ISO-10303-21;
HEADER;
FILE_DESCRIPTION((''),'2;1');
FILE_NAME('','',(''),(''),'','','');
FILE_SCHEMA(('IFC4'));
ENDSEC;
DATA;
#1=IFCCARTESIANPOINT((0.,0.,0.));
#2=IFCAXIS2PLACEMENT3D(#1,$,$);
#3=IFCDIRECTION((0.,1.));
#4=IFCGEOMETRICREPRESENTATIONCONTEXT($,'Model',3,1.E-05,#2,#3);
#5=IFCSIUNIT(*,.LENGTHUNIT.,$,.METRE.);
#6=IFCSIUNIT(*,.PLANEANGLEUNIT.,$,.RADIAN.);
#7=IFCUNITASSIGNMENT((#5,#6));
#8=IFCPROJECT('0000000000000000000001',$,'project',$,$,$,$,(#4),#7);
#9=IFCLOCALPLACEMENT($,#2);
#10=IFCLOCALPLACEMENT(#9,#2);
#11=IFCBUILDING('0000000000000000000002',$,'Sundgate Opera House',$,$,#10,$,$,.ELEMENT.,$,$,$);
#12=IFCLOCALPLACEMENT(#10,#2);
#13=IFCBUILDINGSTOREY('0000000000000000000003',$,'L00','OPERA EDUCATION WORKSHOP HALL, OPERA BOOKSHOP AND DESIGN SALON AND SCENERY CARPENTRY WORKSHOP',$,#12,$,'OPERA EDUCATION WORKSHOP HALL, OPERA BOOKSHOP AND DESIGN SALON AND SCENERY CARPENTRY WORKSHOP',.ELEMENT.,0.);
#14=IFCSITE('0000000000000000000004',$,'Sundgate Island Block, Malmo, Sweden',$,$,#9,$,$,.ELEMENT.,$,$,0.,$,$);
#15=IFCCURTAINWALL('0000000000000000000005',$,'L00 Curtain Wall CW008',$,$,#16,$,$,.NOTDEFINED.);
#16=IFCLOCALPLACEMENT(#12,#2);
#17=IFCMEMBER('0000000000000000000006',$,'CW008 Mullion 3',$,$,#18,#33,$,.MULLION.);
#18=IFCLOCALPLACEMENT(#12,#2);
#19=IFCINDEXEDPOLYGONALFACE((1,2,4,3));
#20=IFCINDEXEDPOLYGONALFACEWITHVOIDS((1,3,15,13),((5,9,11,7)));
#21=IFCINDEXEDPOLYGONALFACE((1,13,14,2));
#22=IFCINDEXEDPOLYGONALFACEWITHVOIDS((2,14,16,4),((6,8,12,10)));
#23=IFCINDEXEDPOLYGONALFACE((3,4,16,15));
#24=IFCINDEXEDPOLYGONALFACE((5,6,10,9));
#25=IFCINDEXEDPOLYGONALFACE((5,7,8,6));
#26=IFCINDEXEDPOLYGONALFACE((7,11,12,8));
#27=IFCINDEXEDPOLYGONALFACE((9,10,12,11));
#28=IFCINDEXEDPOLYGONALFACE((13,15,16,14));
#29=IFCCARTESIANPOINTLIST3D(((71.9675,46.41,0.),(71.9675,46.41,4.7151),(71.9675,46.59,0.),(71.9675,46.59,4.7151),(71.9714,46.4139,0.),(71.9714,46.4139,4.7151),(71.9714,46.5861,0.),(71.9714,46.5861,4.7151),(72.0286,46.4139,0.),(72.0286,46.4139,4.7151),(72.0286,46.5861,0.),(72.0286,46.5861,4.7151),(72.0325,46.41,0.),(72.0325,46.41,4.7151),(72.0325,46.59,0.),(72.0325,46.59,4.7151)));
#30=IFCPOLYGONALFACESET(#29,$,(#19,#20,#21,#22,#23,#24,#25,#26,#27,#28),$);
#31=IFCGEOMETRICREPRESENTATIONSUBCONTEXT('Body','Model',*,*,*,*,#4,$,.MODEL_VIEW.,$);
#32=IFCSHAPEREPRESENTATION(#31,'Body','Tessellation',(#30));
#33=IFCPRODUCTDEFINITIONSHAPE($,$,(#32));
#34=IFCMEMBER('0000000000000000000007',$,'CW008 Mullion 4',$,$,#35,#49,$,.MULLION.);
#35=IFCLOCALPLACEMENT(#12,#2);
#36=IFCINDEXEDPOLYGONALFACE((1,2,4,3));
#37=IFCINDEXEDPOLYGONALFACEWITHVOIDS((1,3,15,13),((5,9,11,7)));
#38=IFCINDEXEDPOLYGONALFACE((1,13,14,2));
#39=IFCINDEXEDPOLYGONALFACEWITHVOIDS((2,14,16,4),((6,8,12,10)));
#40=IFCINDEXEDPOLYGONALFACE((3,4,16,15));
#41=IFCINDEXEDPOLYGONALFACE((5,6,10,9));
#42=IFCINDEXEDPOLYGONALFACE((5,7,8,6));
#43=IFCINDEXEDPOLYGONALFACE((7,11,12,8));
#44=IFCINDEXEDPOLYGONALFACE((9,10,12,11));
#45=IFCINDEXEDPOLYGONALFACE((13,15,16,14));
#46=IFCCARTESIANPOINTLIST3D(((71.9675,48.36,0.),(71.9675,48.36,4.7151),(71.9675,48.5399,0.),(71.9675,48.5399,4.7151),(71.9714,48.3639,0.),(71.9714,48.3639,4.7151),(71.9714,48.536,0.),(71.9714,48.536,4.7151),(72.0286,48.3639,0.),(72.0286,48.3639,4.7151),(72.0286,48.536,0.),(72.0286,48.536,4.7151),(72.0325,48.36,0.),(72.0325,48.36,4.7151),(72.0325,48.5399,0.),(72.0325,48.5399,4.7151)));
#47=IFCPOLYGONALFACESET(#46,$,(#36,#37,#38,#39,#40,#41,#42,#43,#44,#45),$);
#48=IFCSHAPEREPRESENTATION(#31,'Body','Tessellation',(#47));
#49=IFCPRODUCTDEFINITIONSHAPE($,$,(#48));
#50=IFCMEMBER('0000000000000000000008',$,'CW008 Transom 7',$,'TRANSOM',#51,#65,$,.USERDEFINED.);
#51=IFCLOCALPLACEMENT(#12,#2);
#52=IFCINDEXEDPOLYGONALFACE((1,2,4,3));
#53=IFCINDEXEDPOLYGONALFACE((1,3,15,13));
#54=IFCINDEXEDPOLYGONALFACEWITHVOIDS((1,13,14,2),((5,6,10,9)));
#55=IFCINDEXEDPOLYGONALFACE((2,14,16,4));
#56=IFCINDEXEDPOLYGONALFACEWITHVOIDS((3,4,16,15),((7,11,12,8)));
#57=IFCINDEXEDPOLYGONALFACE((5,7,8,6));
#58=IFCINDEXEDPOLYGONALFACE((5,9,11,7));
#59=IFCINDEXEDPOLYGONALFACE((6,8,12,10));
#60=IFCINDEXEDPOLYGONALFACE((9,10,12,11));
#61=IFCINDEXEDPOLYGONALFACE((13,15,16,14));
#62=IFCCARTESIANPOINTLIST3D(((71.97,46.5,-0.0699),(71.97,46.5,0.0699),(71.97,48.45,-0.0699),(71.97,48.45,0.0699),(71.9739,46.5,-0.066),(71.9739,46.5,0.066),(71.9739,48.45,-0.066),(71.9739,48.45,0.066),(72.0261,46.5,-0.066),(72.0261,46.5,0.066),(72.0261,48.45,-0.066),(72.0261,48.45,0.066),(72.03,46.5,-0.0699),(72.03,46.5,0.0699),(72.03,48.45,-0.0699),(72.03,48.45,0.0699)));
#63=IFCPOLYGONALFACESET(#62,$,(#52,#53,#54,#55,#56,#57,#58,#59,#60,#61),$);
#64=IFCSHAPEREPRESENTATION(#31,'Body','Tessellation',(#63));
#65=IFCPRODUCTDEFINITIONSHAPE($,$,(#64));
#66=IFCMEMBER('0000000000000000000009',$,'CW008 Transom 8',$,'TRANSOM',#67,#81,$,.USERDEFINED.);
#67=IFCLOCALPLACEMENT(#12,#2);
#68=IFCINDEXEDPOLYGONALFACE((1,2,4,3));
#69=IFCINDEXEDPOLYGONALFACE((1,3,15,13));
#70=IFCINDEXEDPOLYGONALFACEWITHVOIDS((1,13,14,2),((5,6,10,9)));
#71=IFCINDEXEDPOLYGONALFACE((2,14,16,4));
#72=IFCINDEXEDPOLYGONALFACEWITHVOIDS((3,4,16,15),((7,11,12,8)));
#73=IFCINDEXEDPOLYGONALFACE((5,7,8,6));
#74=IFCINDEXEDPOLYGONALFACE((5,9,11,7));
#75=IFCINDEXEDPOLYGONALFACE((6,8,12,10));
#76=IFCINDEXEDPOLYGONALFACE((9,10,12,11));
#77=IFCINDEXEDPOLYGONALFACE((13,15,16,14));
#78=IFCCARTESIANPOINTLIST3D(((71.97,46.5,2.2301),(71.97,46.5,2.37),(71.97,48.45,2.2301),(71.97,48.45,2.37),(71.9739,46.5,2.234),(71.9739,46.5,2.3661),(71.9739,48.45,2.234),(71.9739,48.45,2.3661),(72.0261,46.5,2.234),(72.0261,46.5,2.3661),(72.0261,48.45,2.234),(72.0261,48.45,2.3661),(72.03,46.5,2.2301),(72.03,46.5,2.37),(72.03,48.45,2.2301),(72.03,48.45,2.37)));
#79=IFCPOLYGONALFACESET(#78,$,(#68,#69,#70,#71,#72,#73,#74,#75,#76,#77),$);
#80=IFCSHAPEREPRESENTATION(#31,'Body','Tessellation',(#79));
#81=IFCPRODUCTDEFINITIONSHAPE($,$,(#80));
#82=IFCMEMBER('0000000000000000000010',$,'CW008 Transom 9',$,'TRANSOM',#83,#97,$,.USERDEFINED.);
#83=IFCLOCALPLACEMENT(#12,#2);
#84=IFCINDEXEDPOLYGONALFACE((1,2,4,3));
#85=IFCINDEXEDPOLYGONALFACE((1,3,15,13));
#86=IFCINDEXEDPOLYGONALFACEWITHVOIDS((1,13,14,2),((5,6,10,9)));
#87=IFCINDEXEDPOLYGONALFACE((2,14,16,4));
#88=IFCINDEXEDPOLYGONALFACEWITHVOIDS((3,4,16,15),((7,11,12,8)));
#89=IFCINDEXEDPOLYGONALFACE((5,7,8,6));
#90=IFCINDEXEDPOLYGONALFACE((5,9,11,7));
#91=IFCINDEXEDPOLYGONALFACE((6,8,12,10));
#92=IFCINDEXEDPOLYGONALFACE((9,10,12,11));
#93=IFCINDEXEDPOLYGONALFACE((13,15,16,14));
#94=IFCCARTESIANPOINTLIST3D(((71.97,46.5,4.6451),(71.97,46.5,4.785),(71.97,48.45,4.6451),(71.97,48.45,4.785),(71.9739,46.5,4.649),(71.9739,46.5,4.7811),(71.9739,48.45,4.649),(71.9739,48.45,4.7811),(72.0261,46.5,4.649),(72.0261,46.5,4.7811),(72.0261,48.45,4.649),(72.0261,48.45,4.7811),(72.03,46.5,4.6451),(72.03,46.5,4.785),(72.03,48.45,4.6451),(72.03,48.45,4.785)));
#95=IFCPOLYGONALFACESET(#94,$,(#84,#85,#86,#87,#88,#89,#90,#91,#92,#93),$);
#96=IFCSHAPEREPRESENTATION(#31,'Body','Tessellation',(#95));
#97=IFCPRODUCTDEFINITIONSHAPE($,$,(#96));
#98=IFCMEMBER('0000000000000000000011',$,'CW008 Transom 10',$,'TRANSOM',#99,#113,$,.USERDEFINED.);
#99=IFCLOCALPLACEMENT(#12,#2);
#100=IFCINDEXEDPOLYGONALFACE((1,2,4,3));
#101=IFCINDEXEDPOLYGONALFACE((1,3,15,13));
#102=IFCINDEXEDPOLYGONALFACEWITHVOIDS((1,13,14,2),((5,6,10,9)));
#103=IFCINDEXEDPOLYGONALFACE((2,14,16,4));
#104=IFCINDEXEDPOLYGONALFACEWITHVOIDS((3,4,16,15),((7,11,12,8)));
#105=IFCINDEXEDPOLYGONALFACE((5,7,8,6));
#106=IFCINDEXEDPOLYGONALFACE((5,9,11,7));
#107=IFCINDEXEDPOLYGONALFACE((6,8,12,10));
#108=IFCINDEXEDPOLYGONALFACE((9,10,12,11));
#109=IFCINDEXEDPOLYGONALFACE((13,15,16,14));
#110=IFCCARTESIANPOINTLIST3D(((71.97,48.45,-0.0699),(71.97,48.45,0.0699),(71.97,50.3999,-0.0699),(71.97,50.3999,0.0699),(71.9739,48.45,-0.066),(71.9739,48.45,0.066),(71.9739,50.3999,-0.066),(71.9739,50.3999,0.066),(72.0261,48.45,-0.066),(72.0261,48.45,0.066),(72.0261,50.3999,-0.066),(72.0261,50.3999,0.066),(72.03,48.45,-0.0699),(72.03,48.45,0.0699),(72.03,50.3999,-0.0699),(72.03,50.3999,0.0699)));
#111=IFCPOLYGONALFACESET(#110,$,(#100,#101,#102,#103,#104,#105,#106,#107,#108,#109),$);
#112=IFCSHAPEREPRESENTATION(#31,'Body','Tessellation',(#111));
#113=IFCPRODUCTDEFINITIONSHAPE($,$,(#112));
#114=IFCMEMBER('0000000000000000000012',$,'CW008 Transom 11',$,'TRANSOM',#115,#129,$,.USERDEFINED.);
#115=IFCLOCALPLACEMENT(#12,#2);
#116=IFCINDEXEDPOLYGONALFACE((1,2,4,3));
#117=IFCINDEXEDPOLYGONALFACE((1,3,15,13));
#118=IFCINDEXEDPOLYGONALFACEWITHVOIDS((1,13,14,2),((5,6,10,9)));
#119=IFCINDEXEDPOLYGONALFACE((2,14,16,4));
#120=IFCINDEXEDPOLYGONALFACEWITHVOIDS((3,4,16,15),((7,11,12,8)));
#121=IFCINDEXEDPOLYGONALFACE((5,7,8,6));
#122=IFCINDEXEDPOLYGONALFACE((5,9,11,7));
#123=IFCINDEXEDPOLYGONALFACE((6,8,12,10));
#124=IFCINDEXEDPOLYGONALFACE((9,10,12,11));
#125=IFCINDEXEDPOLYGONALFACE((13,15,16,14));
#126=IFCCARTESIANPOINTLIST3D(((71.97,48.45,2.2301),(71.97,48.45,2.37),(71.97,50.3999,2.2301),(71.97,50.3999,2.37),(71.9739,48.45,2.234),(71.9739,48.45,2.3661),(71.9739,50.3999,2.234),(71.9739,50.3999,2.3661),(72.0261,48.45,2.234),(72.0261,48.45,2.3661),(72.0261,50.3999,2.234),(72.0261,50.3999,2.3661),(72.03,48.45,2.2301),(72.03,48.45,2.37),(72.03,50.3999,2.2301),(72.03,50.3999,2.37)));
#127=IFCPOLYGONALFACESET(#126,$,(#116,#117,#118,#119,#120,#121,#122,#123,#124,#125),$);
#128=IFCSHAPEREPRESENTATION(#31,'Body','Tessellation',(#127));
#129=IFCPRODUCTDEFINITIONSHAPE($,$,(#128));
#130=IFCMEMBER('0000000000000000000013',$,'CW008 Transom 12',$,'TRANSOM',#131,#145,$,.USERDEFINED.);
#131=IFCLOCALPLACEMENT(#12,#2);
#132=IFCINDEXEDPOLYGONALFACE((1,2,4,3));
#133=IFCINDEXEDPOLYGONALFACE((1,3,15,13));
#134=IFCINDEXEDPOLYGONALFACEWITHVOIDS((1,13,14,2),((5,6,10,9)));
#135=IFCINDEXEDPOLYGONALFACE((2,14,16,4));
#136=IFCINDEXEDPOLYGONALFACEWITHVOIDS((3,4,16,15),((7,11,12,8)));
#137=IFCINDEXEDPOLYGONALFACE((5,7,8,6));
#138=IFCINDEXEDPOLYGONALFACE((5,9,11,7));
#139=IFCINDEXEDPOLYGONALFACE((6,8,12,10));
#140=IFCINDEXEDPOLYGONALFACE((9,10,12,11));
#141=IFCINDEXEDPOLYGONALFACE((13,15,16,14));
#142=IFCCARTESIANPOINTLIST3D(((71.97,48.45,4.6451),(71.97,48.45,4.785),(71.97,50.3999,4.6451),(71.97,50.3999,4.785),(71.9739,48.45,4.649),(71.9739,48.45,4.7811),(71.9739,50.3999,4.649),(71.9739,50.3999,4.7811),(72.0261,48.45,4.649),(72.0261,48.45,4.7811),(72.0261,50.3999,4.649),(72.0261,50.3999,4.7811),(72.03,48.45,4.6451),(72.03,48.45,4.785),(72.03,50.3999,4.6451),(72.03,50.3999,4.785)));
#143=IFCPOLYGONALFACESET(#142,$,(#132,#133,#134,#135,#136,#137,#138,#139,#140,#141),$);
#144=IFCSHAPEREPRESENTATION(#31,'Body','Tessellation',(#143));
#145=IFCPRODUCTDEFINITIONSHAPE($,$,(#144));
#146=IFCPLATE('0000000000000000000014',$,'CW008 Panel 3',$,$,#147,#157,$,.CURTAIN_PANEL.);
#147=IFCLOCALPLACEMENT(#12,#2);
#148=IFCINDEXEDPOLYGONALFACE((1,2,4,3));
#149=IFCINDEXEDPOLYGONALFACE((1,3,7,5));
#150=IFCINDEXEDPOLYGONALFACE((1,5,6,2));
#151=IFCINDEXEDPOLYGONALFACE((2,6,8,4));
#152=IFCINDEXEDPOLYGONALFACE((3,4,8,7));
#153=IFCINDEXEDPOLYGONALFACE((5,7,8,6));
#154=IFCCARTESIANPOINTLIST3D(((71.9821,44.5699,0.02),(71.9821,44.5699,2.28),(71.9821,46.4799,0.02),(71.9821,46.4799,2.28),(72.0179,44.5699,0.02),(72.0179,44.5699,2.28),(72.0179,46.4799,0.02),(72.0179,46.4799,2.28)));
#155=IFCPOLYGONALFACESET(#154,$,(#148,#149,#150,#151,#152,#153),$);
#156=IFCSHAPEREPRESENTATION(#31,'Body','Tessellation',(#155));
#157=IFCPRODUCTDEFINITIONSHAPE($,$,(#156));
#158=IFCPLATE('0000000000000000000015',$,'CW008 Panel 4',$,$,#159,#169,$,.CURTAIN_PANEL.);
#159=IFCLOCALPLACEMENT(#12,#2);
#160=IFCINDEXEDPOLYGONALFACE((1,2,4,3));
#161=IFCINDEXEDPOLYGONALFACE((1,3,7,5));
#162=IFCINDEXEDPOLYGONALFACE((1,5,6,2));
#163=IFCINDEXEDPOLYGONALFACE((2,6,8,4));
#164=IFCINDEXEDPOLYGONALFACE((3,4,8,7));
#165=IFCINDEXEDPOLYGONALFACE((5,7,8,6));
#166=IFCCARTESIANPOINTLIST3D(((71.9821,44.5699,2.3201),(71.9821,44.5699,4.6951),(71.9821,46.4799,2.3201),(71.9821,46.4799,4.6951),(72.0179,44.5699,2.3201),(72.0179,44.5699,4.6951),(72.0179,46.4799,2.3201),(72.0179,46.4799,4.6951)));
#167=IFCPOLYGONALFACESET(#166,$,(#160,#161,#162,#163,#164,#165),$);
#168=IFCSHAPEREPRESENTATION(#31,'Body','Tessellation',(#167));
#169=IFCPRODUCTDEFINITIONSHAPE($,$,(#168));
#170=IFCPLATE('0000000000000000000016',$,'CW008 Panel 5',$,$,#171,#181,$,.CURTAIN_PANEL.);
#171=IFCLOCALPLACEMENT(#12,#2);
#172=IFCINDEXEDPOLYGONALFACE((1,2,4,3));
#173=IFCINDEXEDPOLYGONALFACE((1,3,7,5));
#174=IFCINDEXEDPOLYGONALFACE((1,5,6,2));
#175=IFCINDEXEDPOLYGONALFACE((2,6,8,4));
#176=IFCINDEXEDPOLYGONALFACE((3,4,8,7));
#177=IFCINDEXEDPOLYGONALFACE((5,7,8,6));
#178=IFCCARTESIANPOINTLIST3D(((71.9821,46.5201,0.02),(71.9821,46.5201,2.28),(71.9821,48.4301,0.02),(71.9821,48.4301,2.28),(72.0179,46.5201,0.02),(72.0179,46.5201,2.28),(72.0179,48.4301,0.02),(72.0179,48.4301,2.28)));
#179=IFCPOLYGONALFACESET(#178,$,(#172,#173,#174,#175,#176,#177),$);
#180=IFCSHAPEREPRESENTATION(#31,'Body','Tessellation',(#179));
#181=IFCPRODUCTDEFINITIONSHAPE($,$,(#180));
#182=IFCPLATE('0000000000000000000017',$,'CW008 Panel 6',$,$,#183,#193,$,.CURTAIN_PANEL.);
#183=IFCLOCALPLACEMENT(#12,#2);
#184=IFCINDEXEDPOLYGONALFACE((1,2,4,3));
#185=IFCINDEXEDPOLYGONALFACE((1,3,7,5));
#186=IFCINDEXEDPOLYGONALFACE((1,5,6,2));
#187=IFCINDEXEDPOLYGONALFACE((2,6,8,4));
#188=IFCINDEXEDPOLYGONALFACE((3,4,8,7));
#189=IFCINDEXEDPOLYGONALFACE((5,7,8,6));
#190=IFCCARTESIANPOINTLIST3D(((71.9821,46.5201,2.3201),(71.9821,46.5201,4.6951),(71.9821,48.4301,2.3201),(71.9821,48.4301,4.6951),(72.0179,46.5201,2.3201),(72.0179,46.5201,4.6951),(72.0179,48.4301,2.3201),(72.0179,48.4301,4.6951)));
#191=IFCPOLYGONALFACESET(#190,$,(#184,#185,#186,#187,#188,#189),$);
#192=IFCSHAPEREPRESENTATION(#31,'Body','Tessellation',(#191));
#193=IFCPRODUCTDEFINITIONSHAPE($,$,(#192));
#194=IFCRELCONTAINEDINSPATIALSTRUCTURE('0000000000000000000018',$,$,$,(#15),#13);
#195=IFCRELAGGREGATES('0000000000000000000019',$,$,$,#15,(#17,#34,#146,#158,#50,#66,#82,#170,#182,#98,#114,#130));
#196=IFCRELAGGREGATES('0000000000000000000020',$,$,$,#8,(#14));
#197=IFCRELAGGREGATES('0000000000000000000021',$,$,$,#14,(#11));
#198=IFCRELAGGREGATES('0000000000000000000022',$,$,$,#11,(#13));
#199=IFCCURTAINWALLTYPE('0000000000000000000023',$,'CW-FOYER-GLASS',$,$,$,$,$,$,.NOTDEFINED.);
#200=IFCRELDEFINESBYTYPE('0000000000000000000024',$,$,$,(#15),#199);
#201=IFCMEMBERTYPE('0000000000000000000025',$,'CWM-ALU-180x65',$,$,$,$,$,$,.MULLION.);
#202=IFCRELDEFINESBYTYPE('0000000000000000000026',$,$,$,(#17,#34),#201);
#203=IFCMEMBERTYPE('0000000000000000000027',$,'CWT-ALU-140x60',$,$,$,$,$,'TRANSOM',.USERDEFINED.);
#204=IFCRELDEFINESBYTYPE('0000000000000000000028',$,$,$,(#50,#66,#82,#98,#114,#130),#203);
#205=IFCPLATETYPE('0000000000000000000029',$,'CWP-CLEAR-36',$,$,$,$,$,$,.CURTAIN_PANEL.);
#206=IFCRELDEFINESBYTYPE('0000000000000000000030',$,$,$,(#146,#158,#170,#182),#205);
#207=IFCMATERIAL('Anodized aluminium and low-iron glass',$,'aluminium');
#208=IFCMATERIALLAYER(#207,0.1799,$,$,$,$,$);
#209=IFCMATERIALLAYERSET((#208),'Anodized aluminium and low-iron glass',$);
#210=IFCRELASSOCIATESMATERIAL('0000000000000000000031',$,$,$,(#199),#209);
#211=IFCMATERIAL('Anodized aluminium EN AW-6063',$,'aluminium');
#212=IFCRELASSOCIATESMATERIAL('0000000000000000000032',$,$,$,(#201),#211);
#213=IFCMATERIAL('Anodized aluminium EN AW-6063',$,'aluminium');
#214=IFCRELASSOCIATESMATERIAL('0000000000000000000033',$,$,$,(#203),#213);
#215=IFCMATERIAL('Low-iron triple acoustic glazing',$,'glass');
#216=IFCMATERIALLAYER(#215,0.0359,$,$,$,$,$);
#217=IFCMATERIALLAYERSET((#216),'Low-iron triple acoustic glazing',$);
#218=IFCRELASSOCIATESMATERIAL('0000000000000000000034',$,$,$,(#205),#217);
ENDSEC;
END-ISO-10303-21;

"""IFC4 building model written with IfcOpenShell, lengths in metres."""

from ifc_helpers import new_model, si_unit, direction, frame, origin, origin_2d, place, context, subcontext, project, spatial, rectangle, hollow_rectangle, extrude, material, layer, layer_set, material_profile, profile_set, type_object, element, aggregate, save


model = new_model("IFC4")

# Units and contexts
model_context = context("Model", 3, precision=1e-05, world=origin(), true_north=direction((0.0, 1.0)))
body_context = subcontext(model_context, "Body", "Model", "MODEL_VIEW")
ifc_project = project(units=[si_unit("LENGTHUNIT", "METRE"), si_unit("PLANEANGLEUNIT", "RADIAN")], contexts=[model_context])

# Site, building, storey
site_placement = place(None, origin())
site = spatial("IfcSite", under=ifc_project, at=site_placement, Name="Sundgate Island Block, Malmo, Sweden", CompositionType="ELEMENT", RefElevation=0.0)
building_placement = place(site_placement, origin())
building = spatial("IfcBuilding", under=site, at=building_placement, Name="Sundgate Opera House", CompositionType="ELEMENT")
storey_placement = place(building_placement, origin())
storey = spatial("IfcBuildingStorey", under=building, at=storey_placement, Name="L00", Description="OPERA EDUCATION WORKSHOP HALL, OPERA BOOKSHOP AND DESIGN SALON AND SCENERY CARPENTRY WORKSHOP", LongName="OPERA EDUCATION WORKSHOP HALL, OPERA BOOKSHOP AND DESIGN SALON AND SCENERY CARPENTRY WORKSHOP", CompositionType="ELEMENT", Elevation=0.0)

# Curtain wall, members, plates
ifc_material_1 = material(Name="Anodized aluminium and low-iron glass", Category="aluminium")
ifc_layer_1 = layer(ifc_material_1, 0.1799)
ifc_layer_set_1 = layer_set([ifc_layer_1], Name="Anodized aluminium and low-iron glass")
curtain_wall_type = type_object("IfcCurtainWallType", Name="CW-FOYER-GLASS", PredefinedType="NOTDEFINED", material=ifc_layer_set_1)
curtain_wall_placement = place(storey_placement, origin())
curtain_wall = element("IfcCurtainWall", 1, at=curtain_wall_placement, inside=storey, type_object=curtain_wall_type, Name="L00 Curtain Wall CW008", PredefinedType="NOTDEFINED")
ifc_material_2 = material(Name="Anodized aluminium EN AW-6063", Category="aluminium")
ifc_material_profile_1 = material_profile(ifc_material_2, hollow_rectangle(XDim=0.0649, YDim=0.1799, WallThickness=0.0039, at=origin_2d()), Name="CWM 180x65x4")
ifc_profile_set_1 = profile_set([ifc_material_profile_1], Name="Anodized aluminium EN AW-6063")
member_type_1 = type_object("IfcMemberType", Name="CWM-ALU-180x65", PredefinedType="MULLION", material=ifc_profile_set_1)
member_1_placement = place(storey_placement, frame((72.0, 46.5, 0.0), z_axis=(0.0, 0.0, 1.0), x_axis=(1.0, 0.0, 0.0)))
member_1 = element("IfcMember", 2, at=member_1_placement, type_object=member_type_1, Name="CW008 Mullion 3", PredefinedType="MULLION", context=body_context, shape_type="SweptSolid", body=[
    extrude(hollow_rectangle(XDim=0.0649, YDim=0.1799, WallThickness=0.0039, at=origin_2d()), origin(), (0.0, 0.0, 1.0), 4.7151),
])
member_2_placement = place(storey_placement, frame((72.0, 48.45, 0.0), z_axis=(0.0, 0.0, 1.0), x_axis=(1.0, 0.0, 0.0)))
member_2 = element("IfcMember", 3, at=member_2_placement, type_object=member_type_1, Name="CW008 Mullion 4", PredefinedType="MULLION", context=body_context, shape_type="SweptSolid", body=[
    extrude(hollow_rectangle(XDim=0.0649, YDim=0.1799, WallThickness=0.0039, at=origin_2d()), origin(), (0.0, 0.0, 1.0), 4.7151),
])
ifc_material_3 = material(Name="Anodized aluminium EN AW-6063", Category="aluminium")
ifc_material_profile_2 = material_profile(ifc_material_3, hollow_rectangle(XDim=0.0601, YDim=0.1399, WallThickness=0.0039, at=origin_2d()), Name="CWT 140x60x4")
ifc_profile_set_2 = profile_set([ifc_material_profile_2], Name="Anodized aluminium EN AW-6063")
member_type_2 = type_object("IfcMemberType", Name="CWT-ALU-140x60", ElementType="TRANSOM", PredefinedType="USERDEFINED", material=ifc_profile_set_2)
member_3_placement = place(storey_placement, frame((72.0, 46.5, 0.0), z_axis=(0.0, 1.0, 0.0), x_axis=(-1.0, 0.0, 0.0)))
member_3 = element("IfcMember", 4, at=member_3_placement, type_object=member_type_2, Name="CW008 Transom 7", ObjectType="TRANSOM", PredefinedType="USERDEFINED", context=body_context, shape_type="SweptSolid", body=[
    extrude(hollow_rectangle(XDim=0.0601, YDim=0.1399, WallThickness=0.0039, at=origin_2d()), origin(), (0.0, 0.0, 1.0), 1.95),
])
member_4_placement = place(storey_placement, frame((72.0, 46.5, 2.3), z_axis=(0.0, 1.0, 0.0), x_axis=(-1.0, 0.0, 0.0)))
member_4 = element("IfcMember", 5, at=member_4_placement, type_object=member_type_2, Name="CW008 Transom 8", ObjectType="TRANSOM", PredefinedType="USERDEFINED", context=body_context, shape_type="SweptSolid", body=[
    extrude(hollow_rectangle(XDim=0.0601, YDim=0.1399, WallThickness=0.0039, at=origin_2d()), origin(), (0.0, 0.0, 1.0), 1.95),
])
member_5_placement = place(storey_placement, frame((72.0, 46.5, 4.7151), z_axis=(0.0, 1.0, 0.0), x_axis=(-1.0, 0.0, 0.0)))
member_5 = element("IfcMember", 6, at=member_5_placement, type_object=member_type_2, Name="CW008 Transom 9", ObjectType="TRANSOM", PredefinedType="USERDEFINED", context=body_context, shape_type="SweptSolid", body=[
    extrude(hollow_rectangle(XDim=0.0601, YDim=0.1399, WallThickness=0.0039, at=origin_2d()), origin(), (0.0, 0.0, 1.0), 1.95),
])
member_6_placement = place(storey_placement, frame((72.0, 48.45, 0.0), z_axis=(0.0, 1.0, 0.0), x_axis=(-1.0, 0.0, 0.0)))
member_6 = element("IfcMember", 7, at=member_6_placement, type_object=member_type_2, Name="CW008 Transom 10", ObjectType="TRANSOM", PredefinedType="USERDEFINED", context=body_context, shape_type="SweptSolid", body=[
    extrude(hollow_rectangle(XDim=0.0601, YDim=0.1399, WallThickness=0.0039, at=origin_2d()), origin(), (0.0, 0.0, 1.0), 1.95),
])
member_7_placement = place(storey_placement, frame((72.0, 48.45, 2.3), z_axis=(0.0, 1.0, 0.0), x_axis=(-1.0, 0.0, 0.0)))
member_7 = element("IfcMember", 8, at=member_7_placement, type_object=member_type_2, Name="CW008 Transom 11", ObjectType="TRANSOM", PredefinedType="USERDEFINED", context=body_context, shape_type="SweptSolid", body=[
    extrude(hollow_rectangle(XDim=0.0601, YDim=0.1399, WallThickness=0.0039, at=origin_2d()), origin(), (0.0, 0.0, 1.0), 1.95),
])
member_8_placement = place(storey_placement, frame((72.0, 48.45, 4.7151), z_axis=(0.0, 1.0, 0.0), x_axis=(-1.0, 0.0, 0.0)))
member_8 = element("IfcMember", 9, at=member_8_placement, type_object=member_type_2, Name="CW008 Transom 12", ObjectType="TRANSOM", PredefinedType="USERDEFINED", context=body_context, shape_type="SweptSolid", body=[
    extrude(hollow_rectangle(XDim=0.0601, YDim=0.1399, WallThickness=0.0039, at=origin_2d()), origin(), (0.0, 0.0, 1.0), 1.95),
])
ifc_material_4 = material(Name="Low-iron triple acoustic glazing", Category="glass")
ifc_layer_2 = layer(ifc_material_4, 0.0359)
ifc_layer_set_2 = layer_set([ifc_layer_2], Name="Low-iron triple acoustic glazing")
plate_type = type_object("IfcPlateType", Name="CWP-CLEAR-36", PredefinedType="CURTAIN_PANEL", material=ifc_layer_set_2)
plate_1_placement = place(storey_placement, frame((72.0, 45.5249, 0.02), z_axis=(0.0, 0.0, 1.0), x_axis=(0.0, 1.0, 0.0)))
plate_1 = element("IfcPlate", 10, at=plate_1_placement, type_object=plate_type, Name="CW008 Panel 3", PredefinedType="CURTAIN_PANEL", context=body_context, shape_type="SweptSolid", body=[
    extrude(rectangle(XDim=1.9099, YDim=0.0359, at=origin_2d()), origin(), (0.0, 0.0, 1.0), 2.26),
])
plate_2_placement = place(storey_placement, frame((72.0, 45.5249, 2.3201), z_axis=(0.0, 0.0, 1.0), x_axis=(0.0, 1.0, 0.0)))
plate_2 = element("IfcPlate", 11, at=plate_2_placement, type_object=plate_type, Name="CW008 Panel 4", PredefinedType="CURTAIN_PANEL", context=body_context, shape_type="SweptSolid", body=[
    extrude(rectangle(XDim=1.9099, YDim=0.0359, at=origin_2d()), origin(), (0.0, 0.0, 1.0), 2.375),
])
plate_3_placement = place(storey_placement, frame((72.0, 47.4751, 0.02), z_axis=(0.0, 0.0, 1.0), x_axis=(0.0, 1.0, 0.0)))
plate_3 = element("IfcPlate", 12, at=plate_3_placement, type_object=plate_type, Name="CW008 Panel 5", PredefinedType="CURTAIN_PANEL", context=body_context, shape_type="SweptSolid", body=[
    extrude(rectangle(XDim=1.9099, YDim=0.0359, at=origin_2d()), origin(), (0.0, 0.0, 1.0), 2.26),
])
plate_4_placement = place(storey_placement, frame((72.0, 47.4751, 2.3201), z_axis=(0.0, 0.0, 1.0), x_axis=(0.0, 1.0, 0.0)))
plate_4 = element("IfcPlate", 13, at=plate_4_placement, type_object=plate_type, Name="CW008 Panel 6", PredefinedType="CURTAIN_PANEL", context=body_context, shape_type="SweptSolid", body=[
    extrude(rectangle(XDim=1.9099, YDim=0.0359, at=origin_2d()), origin(), (0.0, 0.0, 1.0), 2.375),
])
aggregate(curtain_wall, [member_1, member_2, plate_1, plate_2, member_3, member_4, member_5, plate_3, plate_4, member_6, member_7, member_8])

save(model, "model.ifc")
